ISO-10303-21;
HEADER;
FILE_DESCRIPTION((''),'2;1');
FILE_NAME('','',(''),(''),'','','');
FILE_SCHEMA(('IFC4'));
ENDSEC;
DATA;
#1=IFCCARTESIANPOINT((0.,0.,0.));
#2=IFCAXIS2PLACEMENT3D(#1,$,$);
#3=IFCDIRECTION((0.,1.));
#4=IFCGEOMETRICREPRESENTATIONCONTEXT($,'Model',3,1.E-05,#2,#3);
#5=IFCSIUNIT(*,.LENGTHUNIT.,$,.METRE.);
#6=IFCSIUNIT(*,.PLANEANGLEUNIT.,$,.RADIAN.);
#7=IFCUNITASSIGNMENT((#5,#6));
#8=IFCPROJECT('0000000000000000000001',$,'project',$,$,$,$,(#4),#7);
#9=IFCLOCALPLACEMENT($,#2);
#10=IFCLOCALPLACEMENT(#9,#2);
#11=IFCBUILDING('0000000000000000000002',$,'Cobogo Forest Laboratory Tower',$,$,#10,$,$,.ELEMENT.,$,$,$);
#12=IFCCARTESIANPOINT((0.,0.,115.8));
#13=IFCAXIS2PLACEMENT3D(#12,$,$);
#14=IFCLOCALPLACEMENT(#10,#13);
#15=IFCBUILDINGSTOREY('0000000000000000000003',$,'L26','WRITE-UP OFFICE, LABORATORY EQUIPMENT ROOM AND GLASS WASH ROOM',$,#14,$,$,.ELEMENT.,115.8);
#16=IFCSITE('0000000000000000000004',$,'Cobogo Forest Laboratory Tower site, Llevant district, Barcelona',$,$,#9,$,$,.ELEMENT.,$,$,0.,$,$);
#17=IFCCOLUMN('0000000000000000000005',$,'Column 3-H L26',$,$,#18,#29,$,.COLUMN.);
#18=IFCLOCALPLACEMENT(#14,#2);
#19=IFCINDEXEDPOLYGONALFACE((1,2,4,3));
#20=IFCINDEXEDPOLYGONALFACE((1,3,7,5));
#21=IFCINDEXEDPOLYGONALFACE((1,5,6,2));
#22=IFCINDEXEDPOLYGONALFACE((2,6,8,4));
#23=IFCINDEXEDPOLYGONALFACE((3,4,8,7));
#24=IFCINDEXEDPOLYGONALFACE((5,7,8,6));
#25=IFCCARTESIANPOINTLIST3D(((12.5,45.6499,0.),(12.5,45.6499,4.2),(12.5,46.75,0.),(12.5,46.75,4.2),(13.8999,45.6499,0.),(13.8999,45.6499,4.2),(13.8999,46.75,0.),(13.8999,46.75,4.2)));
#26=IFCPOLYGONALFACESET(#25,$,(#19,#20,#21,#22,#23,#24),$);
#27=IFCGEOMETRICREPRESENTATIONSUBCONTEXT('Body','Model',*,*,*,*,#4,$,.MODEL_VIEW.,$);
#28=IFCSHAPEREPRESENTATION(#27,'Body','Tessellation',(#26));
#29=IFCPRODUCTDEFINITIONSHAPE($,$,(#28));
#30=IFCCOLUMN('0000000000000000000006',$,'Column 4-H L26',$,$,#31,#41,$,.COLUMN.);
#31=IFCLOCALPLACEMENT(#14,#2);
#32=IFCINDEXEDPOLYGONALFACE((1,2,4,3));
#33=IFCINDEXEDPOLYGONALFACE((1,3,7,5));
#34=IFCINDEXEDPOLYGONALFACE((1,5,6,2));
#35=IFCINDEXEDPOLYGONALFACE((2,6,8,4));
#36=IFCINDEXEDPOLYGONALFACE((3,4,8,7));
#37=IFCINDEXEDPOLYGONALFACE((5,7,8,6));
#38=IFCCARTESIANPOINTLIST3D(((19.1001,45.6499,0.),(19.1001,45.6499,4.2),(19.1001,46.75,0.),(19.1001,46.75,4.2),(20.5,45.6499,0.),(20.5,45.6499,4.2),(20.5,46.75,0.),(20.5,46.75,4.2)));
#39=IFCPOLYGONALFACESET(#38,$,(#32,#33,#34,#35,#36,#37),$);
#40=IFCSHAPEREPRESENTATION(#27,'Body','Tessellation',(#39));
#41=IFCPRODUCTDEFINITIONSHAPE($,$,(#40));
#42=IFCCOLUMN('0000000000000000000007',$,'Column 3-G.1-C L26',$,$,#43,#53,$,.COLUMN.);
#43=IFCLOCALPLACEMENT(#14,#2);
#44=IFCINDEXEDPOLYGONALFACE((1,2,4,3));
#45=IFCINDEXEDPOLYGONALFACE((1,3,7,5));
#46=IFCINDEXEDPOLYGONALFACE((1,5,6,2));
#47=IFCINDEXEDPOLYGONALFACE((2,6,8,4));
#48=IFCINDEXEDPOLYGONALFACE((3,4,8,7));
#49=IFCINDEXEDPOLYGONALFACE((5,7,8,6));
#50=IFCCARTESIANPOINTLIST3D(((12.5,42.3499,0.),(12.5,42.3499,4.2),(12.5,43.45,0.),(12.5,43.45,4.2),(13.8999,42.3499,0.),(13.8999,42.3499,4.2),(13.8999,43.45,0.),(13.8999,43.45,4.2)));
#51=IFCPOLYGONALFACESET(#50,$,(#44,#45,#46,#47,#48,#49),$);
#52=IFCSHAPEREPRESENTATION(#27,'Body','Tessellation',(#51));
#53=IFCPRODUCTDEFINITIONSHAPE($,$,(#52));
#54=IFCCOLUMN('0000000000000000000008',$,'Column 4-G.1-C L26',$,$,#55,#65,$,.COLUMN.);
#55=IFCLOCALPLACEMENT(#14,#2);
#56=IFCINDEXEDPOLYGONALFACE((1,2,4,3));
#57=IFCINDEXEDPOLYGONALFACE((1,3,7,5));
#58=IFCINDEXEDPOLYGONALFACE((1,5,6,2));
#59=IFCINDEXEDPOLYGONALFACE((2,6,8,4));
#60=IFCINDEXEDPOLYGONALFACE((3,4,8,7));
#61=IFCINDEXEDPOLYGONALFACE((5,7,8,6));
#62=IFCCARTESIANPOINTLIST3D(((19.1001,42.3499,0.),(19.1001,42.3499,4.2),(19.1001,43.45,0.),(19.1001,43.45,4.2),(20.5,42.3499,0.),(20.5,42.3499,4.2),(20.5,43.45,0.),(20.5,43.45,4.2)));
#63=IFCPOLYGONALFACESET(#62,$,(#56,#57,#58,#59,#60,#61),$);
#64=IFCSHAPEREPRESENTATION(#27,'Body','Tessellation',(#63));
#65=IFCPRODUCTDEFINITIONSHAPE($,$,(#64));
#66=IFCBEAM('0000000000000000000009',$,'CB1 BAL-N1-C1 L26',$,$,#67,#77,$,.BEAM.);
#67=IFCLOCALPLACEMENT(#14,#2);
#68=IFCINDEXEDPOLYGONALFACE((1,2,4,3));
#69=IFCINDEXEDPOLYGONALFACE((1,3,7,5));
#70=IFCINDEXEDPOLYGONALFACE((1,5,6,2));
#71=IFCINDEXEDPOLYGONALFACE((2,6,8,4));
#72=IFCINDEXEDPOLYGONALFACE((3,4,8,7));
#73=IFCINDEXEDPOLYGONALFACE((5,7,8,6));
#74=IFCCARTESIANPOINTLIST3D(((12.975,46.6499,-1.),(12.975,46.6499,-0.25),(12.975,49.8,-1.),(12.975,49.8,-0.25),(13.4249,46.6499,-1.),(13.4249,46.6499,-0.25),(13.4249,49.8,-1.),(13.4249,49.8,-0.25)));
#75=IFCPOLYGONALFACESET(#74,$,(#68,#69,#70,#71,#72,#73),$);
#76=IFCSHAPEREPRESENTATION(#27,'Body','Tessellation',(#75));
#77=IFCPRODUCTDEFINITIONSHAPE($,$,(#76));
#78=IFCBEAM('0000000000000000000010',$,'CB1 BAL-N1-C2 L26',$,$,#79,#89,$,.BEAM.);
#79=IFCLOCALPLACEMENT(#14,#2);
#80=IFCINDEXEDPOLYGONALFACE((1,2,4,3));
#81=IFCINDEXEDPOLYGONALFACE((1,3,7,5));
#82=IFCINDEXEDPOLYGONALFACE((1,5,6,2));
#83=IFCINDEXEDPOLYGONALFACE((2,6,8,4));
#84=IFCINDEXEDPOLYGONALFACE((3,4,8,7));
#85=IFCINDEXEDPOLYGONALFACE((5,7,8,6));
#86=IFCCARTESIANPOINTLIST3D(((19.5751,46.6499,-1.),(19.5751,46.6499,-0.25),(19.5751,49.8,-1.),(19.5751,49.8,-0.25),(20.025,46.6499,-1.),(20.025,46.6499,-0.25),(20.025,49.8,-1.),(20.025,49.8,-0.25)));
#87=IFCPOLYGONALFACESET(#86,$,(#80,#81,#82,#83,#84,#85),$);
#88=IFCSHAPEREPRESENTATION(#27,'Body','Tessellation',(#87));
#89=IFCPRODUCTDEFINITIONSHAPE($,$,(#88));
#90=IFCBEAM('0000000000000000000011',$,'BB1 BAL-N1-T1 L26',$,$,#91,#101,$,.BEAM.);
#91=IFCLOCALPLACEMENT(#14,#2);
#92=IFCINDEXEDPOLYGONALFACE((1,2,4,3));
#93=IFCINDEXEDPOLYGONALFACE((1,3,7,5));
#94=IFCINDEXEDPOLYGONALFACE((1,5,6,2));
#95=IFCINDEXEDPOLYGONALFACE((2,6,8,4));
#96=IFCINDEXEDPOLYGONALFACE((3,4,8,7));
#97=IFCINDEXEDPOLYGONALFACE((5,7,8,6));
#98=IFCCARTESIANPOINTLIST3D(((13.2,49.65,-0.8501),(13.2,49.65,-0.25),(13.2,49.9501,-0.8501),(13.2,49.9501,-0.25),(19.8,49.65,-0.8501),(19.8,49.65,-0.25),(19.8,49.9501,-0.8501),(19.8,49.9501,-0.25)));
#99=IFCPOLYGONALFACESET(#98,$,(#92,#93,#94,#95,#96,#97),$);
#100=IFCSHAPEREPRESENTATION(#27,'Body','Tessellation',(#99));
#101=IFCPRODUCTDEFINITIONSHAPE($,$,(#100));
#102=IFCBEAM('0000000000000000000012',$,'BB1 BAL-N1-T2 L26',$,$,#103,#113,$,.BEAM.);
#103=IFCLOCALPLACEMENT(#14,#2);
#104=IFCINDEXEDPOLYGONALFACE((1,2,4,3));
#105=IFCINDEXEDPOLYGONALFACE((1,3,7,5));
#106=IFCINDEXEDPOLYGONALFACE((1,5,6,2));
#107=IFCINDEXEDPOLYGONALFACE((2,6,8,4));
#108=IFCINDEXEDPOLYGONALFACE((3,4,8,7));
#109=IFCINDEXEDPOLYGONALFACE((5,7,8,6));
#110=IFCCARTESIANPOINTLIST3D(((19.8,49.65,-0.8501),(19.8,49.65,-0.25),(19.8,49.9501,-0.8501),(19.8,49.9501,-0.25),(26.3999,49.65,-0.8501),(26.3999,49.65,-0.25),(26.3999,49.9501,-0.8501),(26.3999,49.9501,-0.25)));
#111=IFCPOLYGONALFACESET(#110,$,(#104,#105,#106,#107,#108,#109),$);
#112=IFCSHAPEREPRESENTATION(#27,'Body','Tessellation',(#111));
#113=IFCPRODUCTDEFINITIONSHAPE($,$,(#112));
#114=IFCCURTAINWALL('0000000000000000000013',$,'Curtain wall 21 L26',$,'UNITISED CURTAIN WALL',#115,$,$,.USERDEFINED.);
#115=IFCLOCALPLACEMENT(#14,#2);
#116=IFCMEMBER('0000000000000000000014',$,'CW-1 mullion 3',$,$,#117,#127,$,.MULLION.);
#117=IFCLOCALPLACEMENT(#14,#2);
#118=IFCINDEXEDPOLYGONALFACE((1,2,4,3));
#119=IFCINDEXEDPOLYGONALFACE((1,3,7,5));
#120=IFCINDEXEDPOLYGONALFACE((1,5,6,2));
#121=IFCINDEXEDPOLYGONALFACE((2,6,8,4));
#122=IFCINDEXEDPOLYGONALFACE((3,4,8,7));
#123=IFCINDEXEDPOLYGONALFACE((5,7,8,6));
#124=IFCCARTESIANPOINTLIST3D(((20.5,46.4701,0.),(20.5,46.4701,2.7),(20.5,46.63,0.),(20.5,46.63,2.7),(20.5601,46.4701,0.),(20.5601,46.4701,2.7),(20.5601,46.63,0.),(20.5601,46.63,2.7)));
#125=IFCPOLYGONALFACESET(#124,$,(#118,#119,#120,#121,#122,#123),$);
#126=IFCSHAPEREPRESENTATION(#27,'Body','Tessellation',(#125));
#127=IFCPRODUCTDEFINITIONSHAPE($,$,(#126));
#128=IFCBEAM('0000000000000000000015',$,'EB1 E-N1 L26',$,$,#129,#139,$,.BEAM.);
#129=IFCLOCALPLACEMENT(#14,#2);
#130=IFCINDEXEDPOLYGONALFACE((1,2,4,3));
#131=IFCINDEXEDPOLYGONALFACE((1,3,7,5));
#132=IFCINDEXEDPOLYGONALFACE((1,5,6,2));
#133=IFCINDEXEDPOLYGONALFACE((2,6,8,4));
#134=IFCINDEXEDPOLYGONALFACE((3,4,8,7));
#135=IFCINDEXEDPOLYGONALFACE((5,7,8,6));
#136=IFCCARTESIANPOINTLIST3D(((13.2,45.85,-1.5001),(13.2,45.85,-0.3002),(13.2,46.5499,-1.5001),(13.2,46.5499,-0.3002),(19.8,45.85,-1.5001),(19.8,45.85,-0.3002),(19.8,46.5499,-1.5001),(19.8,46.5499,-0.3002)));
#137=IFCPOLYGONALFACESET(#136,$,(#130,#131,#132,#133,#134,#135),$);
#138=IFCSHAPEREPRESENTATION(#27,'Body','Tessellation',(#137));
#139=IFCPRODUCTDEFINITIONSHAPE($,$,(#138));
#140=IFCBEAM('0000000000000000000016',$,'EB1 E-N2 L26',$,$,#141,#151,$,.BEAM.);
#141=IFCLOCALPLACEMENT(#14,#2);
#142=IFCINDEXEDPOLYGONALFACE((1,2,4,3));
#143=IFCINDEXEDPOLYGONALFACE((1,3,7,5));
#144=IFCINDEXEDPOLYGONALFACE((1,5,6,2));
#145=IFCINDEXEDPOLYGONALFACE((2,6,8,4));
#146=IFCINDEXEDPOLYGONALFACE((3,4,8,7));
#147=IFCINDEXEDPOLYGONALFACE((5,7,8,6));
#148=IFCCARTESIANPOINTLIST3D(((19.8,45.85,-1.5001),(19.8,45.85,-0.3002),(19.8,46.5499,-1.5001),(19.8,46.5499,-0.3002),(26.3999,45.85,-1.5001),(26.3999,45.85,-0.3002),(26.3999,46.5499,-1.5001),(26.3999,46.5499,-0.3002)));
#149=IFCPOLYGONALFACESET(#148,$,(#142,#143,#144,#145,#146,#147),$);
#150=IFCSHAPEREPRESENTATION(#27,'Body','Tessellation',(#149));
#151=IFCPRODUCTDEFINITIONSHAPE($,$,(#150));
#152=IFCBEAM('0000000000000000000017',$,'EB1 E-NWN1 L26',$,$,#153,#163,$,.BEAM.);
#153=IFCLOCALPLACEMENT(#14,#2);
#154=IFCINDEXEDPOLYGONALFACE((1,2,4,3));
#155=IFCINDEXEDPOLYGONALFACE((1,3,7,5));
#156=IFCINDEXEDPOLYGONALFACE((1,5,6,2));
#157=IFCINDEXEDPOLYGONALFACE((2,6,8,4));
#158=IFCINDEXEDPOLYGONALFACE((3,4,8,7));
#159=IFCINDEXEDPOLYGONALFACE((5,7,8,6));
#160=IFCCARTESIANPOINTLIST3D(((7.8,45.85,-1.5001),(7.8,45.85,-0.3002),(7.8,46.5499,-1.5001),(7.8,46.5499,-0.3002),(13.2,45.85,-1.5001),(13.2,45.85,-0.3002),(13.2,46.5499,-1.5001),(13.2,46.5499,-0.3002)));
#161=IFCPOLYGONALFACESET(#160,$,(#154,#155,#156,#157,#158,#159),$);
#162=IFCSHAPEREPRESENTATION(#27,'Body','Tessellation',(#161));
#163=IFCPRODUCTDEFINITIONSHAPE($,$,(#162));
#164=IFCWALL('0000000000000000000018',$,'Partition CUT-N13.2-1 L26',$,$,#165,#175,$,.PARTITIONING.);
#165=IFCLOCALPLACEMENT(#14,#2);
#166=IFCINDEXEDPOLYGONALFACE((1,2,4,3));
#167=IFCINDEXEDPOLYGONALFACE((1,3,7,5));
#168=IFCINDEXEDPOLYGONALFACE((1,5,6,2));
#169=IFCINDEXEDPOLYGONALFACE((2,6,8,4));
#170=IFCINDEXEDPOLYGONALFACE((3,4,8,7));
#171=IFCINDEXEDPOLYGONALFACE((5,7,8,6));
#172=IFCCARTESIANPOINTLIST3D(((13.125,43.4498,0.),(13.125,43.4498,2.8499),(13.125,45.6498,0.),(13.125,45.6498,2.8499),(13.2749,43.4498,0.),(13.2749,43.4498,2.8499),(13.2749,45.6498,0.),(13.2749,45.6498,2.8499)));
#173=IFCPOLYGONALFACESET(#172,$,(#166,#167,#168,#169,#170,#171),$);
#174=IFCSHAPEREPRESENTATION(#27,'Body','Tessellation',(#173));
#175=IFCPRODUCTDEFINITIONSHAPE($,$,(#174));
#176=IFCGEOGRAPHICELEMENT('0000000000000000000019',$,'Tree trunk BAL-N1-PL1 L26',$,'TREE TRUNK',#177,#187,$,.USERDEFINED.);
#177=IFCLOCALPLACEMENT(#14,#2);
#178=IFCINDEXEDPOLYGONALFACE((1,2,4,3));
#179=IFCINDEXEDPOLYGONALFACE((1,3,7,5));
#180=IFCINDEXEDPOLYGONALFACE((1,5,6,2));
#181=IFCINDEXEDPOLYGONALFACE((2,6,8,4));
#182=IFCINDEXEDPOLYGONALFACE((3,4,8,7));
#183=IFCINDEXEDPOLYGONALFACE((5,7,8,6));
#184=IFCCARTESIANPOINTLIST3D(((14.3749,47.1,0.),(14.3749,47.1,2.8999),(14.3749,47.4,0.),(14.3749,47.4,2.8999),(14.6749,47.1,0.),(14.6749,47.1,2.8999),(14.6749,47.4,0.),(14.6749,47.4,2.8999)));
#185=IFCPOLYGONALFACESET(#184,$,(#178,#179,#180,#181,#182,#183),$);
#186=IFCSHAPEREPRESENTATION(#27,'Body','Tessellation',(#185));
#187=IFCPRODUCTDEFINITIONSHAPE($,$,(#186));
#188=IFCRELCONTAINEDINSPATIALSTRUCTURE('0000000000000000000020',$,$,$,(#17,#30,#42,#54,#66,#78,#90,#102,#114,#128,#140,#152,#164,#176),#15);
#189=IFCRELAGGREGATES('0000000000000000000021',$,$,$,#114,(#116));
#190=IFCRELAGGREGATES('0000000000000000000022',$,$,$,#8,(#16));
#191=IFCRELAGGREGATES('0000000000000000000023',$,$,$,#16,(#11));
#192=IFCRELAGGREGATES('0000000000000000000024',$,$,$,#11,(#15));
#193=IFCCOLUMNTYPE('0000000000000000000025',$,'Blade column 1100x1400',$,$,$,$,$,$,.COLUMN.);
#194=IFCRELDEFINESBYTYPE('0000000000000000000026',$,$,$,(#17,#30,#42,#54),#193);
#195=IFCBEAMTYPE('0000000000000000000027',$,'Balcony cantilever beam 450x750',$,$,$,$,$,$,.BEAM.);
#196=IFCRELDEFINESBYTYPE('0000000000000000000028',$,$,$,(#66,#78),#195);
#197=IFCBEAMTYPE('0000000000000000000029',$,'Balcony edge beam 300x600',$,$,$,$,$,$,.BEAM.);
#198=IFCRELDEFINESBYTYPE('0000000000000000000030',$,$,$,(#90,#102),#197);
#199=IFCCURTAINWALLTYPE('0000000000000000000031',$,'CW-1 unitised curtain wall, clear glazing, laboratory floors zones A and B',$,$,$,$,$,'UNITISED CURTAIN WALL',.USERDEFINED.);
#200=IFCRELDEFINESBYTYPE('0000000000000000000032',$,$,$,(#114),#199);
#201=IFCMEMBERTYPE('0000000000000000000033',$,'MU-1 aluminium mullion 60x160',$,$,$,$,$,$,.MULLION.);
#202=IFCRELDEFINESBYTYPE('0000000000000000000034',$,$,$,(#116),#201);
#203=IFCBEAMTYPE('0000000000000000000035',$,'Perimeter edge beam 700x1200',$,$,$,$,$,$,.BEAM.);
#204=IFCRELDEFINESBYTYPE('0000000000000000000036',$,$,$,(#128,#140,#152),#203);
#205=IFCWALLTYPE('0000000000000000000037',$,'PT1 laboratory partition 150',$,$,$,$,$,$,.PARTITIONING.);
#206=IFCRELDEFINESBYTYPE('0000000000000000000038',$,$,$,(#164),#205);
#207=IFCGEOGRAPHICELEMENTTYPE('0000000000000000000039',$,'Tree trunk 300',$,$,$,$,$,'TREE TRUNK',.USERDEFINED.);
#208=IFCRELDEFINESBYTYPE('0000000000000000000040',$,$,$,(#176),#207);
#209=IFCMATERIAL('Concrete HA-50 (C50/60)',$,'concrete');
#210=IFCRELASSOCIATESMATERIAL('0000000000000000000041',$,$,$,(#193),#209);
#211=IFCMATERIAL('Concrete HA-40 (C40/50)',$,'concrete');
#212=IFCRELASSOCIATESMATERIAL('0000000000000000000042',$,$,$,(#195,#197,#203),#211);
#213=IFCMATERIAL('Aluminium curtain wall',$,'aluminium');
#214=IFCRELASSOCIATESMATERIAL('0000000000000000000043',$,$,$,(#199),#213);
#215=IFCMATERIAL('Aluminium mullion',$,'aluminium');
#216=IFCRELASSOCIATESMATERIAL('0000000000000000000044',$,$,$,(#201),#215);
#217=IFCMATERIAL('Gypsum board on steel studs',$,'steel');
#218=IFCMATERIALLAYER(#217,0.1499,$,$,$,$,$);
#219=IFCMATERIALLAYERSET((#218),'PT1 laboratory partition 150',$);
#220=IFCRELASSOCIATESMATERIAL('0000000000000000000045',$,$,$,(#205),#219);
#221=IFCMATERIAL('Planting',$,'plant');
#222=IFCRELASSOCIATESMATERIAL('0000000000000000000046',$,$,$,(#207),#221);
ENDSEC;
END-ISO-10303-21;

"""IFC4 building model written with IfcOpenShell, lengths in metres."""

from ifc_helpers import new_model, si_unit, direction, frame, frame_2d, origin, origin_2d, place, context, subcontext, project, spatial, rectangle, extrude, material, layer, layer_set, material_profile, profile_set, type_object, element, aggregate, save


model = new_model("IFC4")

# Units and contexts
model_context = context("Model", 3, precision=1e-05, world=origin(), true_north=direction((0.0, 1.0)))
body_context = subcontext(model_context, "Body", "Model", "MODEL_VIEW")
ifc_project = project(units=[si_unit("LENGTHUNIT", "METRE"), si_unit("PLANEANGLEUNIT", "RADIAN")], contexts=[model_context])

# Site, building, storey
site_placement = place(None, origin())
site = spatial("IfcSite", under=ifc_project, at=site_placement, Name="Cobogo Forest Laboratory Tower site, Llevant district, Barcelona", CompositionType="ELEMENT", RefElevation=0.0)
building_placement = place(site_placement, origin())
building = spatial("IfcBuilding", under=site, at=building_placement, Name="Cobogo Forest Laboratory Tower", CompositionType="ELEMENT")
storey_placement = place(building_placement, frame((0.0, 0.0, 115.8)))
storey = spatial("IfcBuildingStorey", under=building, at=storey_placement, Name="L26", Description="WRITE-UP OFFICE, LABORATORY EQUIPMENT ROOM AND GLASS WASH ROOM", CompositionType="ELEMENT", Elevation=115.8)

# Columns
ifc_material_1 = material(Name="Concrete HA-50 (C50/60)", Category="concrete")
ifc_material_profile_1 = material_profile(ifc_material_1, rectangle(XDim=1.3999, YDim=1.1001, at=origin_2d()), Name="RC 1100x1400")
ifc_profile_set_1 = profile_set([ifc_material_profile_1], Name="Concrete HA-50 (C50/60)")
column_type = type_object("IfcColumnType", Name="Blade column 1100x1400", PredefinedType="COLUMN", material=ifc_profile_set_1)
for number, where, z_axis, x_axis, name in (
    (1, (13.2, 46.2, 0.0), (0.0, 0.0, 1.0), (1.0, 0.0, 0.0), "Column 3-H L26"),
    (2, (19.8, 46.2, 0.0), (0.0, 0.0, 1.0), (1.0, 0.0, 0.0), "Column 4-H L26"),
    (3, (13.2, 42.8999, 0.0), (0.0, 0.0, 1.0), (1.0, 0.0, 0.0), "Column 3-G.1-C L26"),
    (4, (19.8, 42.8999, 0.0), (0.0, 0.0, 1.0), (1.0, 0.0, 0.0), "Column 4-G.1-C L26"),
):
    element("IfcColumn", number, at=place(storey_placement, frame(where, z_axis=z_axis, x_axis=x_axis)), inside=storey, type_object=column_type, Name=name, PredefinedType="COLUMN", context=body_context, shape_type="SweptSolid", body=[
        extrude(rectangle(XDim=1.3999, YDim=1.1001, at=origin_2d()), origin(), (0.0, 0.0, 1.0), 4.2),
    ])

# Beams
ifc_material_2 = material(Name="Concrete HA-40 (C40/50)", Category="concrete")
ifc_material_profile_2 = material_profile(ifc_material_2, rectangle(XDim=0.45, YDim=0.75, at=origin_2d()), Name="RC 450x750")
ifc_profile_set_2 = profile_set([ifc_material_profile_2], Name="Concrete HA-40 (C40/50)")
beam_type_1 = type_object("IfcBeamType", Name="Balcony cantilever beam 450x750", PredefinedType="BEAM", material=ifc_profile_set_2)
for number, where, z_axis, x_axis, name in (
    (5, (13.2, 46.6499, -0.625), (0.0, 1.0, 0.0), (-1.0, 0.0, 0.0), "CB1 BAL-N1-C1 L26"),
    (6, (19.8, 46.6499, -0.625), (0.0, 1.0, 0.0), (-1.0, 0.0, 0.0), "CB1 BAL-N1-C2 L26"),
):
    element("IfcBeam", number, at=place(storey_placement, frame(where, z_axis=z_axis, x_axis=x_axis)), inside=storey, type_object=beam_type_1, Name=name, PredefinedType="BEAM", context=body_context, shape_type="SweptSolid", body=[
        extrude(rectangle(XDim=0.45, YDim=0.75, at=origin_2d()), origin(), (0.0, 0.0, 1.0), 3.1501),
    ])
ifc_material_profile_3 = material_profile(ifc_material_2, rectangle(XDim=0.3, YDim=0.6001, at=origin_2d()), Name="RC 300x600")
ifc_profile_set_3 = profile_set([ifc_material_profile_3], Name="Concrete HA-40 (C40/50)")
beam_type_2 = type_object("IfcBeamType", Name="Balcony edge beam 300x600", PredefinedType="BEAM", material=ifc_profile_set_3)
beam_1_placement = place(storey_placement, frame((13.2, 49.8, -0.55), z_axis=(1.0, 0.0, 0.0), x_axis=(0.0, 1.0, 0.0)))
element("IfcBeam", 7, at=beam_1_placement, inside=storey, type_object=beam_type_2, Name="BB1 BAL-N1-T1 L26", PredefinedType="BEAM", context=body_context, shape_type="SweptSolid", body=[
    extrude(rectangle(XDim=0.3, YDim=0.6001, at=origin_2d()), origin(), (0.0, 0.0, 1.0), 6.6001),
])
beam_2_placement = place(storey_placement, frame((19.8, 49.8, -0.55), z_axis=(1.0, 0.0, 0.0), x_axis=(0.0, 1.0, 0.0)))
element("IfcBeam", 8, at=beam_2_placement, inside=storey, type_object=beam_type_2, Name="BB1 BAL-N1-T2 L26", PredefinedType="BEAM", context=body_context, shape_type="SweptSolid", body=[
    extrude(rectangle(XDim=0.3, YDim=0.6001, at=origin_2d()), origin(), (0.0, 0.0, 1.0), 6.5999),
])

# Curtain wall, member
ifc_material_3 = material(Name="Aluminium curtain wall", Category="aluminium")
curtain_wall_type = type_object("IfcCurtainWallType", Name="CW-1 unitised curtain wall, clear glazing, laboratory floors zones A and B", ElementType="UNITISED CURTAIN WALL", PredefinedType="USERDEFINED", material=ifc_material_3)
curtain_wall_placement = place(storey_placement, origin())
curtain_wall = element("IfcCurtainWall", 9, at=curtain_wall_placement, inside=storey, type_object=curtain_wall_type, Name="Curtain wall 21 L26", ObjectType="UNITISED CURTAIN WALL", PredefinedType="USERDEFINED")
ifc_material_4 = material(Name="Aluminium mullion", Category="aluminium")
ifc_material_profile_4 = material_profile(ifc_material_4, rectangle(XDim=0.0601, YDim=0.1599, at=origin_2d()), Name="AL 60x160")
ifc_profile_set_4 = profile_set([ifc_material_profile_4], Name="Aluminium mullion")
member_type = type_object("IfcMemberType", Name="MU-1 aluminium mullion 60x160", PredefinedType="MULLION", material=ifc_profile_set_4)
member_placement = place(storey_placement, frame((20.53, 46.55, 0.0), z_axis=(0.0, 0.0, 1.0), x_axis=(-1.0, 0.0, 0.0)))
member = element("IfcMember", 10, at=member_placement, type_object=member_type, Name="CW-1 mullion 3", PredefinedType="MULLION", context=body_context, shape_type="SweptSolid", body=[
    extrude(rectangle(XDim=0.0601, YDim=0.1599, at=origin_2d()), origin(), (0.0, 0.0, 1.0), 2.7),
])
aggregate(curtain_wall, [member])

# Beams
ifc_material_profile_5 = material_profile(ifc_material_2, rectangle(XDim=0.7, YDim=1.2, at=origin_2d()), Name="RC 700x1200")
ifc_profile_set_5 = profile_set([ifc_material_profile_5], Name="Concrete HA-40 (C40/50)")
beam_type_3 = type_object("IfcBeamType", Name="Perimeter edge beam 700x1200", PredefinedType="BEAM", material=ifc_profile_set_5)
beam_3_placement = place(storey_placement, frame((13.2, 46.2, -0.9001), z_axis=(1.0, 0.0, 0.0), x_axis=(0.0, 1.0, 0.0)))
element("IfcBeam", 11, at=beam_3_placement, inside=storey, type_object=beam_type_3, Name="EB1 E-N1 L26", PredefinedType="BEAM", context=body_context, shape_type="SweptSolid", body=[
    extrude(rectangle(XDim=0.7, YDim=1.2, at=origin_2d()), origin(), (0.0, 0.0, 1.0), 6.6001),
])
beam_4_placement = place(storey_placement, frame((19.8, 46.2, -0.9001), z_axis=(1.0, 0.0, 0.0), x_axis=(0.0, 1.0, 0.0)))
element("IfcBeam", 12, at=beam_4_placement, inside=storey, type_object=beam_type_3, Name="EB1 E-N2 L26", PredefinedType="BEAM", context=body_context, shape_type="SweptSolid", body=[
    extrude(rectangle(XDim=0.7, YDim=1.2, at=origin_2d()), origin(), (0.0, 0.0, 1.0), 6.5999),
])
beam_5_placement = place(storey_placement, frame((13.2, 46.2, -0.9001), z_axis=(-1.0, 0.0, 0.0), x_axis=(0.0, -1.0, 0.0)))
element("IfcBeam", 13, at=beam_5_placement, inside=storey, type_object=beam_type_3, Name="EB1 E-NWN1 L26", PredefinedType="BEAM", context=body_context, shape_type="SweptSolid", body=[
    extrude(rectangle(XDim=0.7, YDim=1.2, at=origin_2d()), origin(), (0.0, 0.0, 1.0), 5.3999),
])

# Wall
ifc_material_5 = material(Name="Gypsum board on steel studs", Category="steel")
ifc_layer_1 = layer(ifc_material_5, 0.1499)
ifc_layer_set_1 = layer_set([ifc_layer_1], Name="PT1 laboratory partition 150")
wall_type_1 = type_object("IfcWallType", Name="PT1 laboratory partition 150", PredefinedType="PARTITIONING", material=ifc_layer_set_1)
wall_1_placement = place(storey_placement, frame((13.2, 45.6499, 0.0), z_axis=(0.0, 0.0, 1.0), x_axis=(0.0, -1.0, 0.0)))
element("IfcWall", 14, at=wall_1_placement, inside=storey, type_object=wall_type_1, Name="Partition CUT-N13.2-1 L26", PredefinedType="PARTITIONING", context=body_context, shape_type="SweptSolid", body=[
    extrude(rectangle(XDim=2.2, YDim=0.1499, at=frame_2d((1.1001, 0.0))), origin(), (0.0, 0.0, 1.0), 2.8499),
])

# Geographic element
ifc_material_6 = material(Name="Planting", Category="plant")
geographic_element_type = type_object("IfcGeographicElementType", Name="Tree trunk 300", ElementType="TREE TRUNK", PredefinedType="USERDEFINED", material=ifc_material_6)
geographic_element_placement = place(storey_placement, frame((14.5249, 47.25, 0.0), z_axis=(0.0, 0.0, 1.0), x_axis=(1.0, 0.0, 0.0)))
element("IfcGeographicElement", 15, at=geographic_element_placement, inside=storey, type_object=geographic_element_type, Name="Tree trunk BAL-N1-PL1 L26", ObjectType="TREE TRUNK", PredefinedType="USERDEFINED", context=body_context, shape_type="SweptSolid", body=[
    extrude(rectangle(XDim=0.3, YDim=0.3, at=origin_2d()), origin(), (0.0, 0.0, 1.0), 2.8999),
])

save(model, "model.ifc")
